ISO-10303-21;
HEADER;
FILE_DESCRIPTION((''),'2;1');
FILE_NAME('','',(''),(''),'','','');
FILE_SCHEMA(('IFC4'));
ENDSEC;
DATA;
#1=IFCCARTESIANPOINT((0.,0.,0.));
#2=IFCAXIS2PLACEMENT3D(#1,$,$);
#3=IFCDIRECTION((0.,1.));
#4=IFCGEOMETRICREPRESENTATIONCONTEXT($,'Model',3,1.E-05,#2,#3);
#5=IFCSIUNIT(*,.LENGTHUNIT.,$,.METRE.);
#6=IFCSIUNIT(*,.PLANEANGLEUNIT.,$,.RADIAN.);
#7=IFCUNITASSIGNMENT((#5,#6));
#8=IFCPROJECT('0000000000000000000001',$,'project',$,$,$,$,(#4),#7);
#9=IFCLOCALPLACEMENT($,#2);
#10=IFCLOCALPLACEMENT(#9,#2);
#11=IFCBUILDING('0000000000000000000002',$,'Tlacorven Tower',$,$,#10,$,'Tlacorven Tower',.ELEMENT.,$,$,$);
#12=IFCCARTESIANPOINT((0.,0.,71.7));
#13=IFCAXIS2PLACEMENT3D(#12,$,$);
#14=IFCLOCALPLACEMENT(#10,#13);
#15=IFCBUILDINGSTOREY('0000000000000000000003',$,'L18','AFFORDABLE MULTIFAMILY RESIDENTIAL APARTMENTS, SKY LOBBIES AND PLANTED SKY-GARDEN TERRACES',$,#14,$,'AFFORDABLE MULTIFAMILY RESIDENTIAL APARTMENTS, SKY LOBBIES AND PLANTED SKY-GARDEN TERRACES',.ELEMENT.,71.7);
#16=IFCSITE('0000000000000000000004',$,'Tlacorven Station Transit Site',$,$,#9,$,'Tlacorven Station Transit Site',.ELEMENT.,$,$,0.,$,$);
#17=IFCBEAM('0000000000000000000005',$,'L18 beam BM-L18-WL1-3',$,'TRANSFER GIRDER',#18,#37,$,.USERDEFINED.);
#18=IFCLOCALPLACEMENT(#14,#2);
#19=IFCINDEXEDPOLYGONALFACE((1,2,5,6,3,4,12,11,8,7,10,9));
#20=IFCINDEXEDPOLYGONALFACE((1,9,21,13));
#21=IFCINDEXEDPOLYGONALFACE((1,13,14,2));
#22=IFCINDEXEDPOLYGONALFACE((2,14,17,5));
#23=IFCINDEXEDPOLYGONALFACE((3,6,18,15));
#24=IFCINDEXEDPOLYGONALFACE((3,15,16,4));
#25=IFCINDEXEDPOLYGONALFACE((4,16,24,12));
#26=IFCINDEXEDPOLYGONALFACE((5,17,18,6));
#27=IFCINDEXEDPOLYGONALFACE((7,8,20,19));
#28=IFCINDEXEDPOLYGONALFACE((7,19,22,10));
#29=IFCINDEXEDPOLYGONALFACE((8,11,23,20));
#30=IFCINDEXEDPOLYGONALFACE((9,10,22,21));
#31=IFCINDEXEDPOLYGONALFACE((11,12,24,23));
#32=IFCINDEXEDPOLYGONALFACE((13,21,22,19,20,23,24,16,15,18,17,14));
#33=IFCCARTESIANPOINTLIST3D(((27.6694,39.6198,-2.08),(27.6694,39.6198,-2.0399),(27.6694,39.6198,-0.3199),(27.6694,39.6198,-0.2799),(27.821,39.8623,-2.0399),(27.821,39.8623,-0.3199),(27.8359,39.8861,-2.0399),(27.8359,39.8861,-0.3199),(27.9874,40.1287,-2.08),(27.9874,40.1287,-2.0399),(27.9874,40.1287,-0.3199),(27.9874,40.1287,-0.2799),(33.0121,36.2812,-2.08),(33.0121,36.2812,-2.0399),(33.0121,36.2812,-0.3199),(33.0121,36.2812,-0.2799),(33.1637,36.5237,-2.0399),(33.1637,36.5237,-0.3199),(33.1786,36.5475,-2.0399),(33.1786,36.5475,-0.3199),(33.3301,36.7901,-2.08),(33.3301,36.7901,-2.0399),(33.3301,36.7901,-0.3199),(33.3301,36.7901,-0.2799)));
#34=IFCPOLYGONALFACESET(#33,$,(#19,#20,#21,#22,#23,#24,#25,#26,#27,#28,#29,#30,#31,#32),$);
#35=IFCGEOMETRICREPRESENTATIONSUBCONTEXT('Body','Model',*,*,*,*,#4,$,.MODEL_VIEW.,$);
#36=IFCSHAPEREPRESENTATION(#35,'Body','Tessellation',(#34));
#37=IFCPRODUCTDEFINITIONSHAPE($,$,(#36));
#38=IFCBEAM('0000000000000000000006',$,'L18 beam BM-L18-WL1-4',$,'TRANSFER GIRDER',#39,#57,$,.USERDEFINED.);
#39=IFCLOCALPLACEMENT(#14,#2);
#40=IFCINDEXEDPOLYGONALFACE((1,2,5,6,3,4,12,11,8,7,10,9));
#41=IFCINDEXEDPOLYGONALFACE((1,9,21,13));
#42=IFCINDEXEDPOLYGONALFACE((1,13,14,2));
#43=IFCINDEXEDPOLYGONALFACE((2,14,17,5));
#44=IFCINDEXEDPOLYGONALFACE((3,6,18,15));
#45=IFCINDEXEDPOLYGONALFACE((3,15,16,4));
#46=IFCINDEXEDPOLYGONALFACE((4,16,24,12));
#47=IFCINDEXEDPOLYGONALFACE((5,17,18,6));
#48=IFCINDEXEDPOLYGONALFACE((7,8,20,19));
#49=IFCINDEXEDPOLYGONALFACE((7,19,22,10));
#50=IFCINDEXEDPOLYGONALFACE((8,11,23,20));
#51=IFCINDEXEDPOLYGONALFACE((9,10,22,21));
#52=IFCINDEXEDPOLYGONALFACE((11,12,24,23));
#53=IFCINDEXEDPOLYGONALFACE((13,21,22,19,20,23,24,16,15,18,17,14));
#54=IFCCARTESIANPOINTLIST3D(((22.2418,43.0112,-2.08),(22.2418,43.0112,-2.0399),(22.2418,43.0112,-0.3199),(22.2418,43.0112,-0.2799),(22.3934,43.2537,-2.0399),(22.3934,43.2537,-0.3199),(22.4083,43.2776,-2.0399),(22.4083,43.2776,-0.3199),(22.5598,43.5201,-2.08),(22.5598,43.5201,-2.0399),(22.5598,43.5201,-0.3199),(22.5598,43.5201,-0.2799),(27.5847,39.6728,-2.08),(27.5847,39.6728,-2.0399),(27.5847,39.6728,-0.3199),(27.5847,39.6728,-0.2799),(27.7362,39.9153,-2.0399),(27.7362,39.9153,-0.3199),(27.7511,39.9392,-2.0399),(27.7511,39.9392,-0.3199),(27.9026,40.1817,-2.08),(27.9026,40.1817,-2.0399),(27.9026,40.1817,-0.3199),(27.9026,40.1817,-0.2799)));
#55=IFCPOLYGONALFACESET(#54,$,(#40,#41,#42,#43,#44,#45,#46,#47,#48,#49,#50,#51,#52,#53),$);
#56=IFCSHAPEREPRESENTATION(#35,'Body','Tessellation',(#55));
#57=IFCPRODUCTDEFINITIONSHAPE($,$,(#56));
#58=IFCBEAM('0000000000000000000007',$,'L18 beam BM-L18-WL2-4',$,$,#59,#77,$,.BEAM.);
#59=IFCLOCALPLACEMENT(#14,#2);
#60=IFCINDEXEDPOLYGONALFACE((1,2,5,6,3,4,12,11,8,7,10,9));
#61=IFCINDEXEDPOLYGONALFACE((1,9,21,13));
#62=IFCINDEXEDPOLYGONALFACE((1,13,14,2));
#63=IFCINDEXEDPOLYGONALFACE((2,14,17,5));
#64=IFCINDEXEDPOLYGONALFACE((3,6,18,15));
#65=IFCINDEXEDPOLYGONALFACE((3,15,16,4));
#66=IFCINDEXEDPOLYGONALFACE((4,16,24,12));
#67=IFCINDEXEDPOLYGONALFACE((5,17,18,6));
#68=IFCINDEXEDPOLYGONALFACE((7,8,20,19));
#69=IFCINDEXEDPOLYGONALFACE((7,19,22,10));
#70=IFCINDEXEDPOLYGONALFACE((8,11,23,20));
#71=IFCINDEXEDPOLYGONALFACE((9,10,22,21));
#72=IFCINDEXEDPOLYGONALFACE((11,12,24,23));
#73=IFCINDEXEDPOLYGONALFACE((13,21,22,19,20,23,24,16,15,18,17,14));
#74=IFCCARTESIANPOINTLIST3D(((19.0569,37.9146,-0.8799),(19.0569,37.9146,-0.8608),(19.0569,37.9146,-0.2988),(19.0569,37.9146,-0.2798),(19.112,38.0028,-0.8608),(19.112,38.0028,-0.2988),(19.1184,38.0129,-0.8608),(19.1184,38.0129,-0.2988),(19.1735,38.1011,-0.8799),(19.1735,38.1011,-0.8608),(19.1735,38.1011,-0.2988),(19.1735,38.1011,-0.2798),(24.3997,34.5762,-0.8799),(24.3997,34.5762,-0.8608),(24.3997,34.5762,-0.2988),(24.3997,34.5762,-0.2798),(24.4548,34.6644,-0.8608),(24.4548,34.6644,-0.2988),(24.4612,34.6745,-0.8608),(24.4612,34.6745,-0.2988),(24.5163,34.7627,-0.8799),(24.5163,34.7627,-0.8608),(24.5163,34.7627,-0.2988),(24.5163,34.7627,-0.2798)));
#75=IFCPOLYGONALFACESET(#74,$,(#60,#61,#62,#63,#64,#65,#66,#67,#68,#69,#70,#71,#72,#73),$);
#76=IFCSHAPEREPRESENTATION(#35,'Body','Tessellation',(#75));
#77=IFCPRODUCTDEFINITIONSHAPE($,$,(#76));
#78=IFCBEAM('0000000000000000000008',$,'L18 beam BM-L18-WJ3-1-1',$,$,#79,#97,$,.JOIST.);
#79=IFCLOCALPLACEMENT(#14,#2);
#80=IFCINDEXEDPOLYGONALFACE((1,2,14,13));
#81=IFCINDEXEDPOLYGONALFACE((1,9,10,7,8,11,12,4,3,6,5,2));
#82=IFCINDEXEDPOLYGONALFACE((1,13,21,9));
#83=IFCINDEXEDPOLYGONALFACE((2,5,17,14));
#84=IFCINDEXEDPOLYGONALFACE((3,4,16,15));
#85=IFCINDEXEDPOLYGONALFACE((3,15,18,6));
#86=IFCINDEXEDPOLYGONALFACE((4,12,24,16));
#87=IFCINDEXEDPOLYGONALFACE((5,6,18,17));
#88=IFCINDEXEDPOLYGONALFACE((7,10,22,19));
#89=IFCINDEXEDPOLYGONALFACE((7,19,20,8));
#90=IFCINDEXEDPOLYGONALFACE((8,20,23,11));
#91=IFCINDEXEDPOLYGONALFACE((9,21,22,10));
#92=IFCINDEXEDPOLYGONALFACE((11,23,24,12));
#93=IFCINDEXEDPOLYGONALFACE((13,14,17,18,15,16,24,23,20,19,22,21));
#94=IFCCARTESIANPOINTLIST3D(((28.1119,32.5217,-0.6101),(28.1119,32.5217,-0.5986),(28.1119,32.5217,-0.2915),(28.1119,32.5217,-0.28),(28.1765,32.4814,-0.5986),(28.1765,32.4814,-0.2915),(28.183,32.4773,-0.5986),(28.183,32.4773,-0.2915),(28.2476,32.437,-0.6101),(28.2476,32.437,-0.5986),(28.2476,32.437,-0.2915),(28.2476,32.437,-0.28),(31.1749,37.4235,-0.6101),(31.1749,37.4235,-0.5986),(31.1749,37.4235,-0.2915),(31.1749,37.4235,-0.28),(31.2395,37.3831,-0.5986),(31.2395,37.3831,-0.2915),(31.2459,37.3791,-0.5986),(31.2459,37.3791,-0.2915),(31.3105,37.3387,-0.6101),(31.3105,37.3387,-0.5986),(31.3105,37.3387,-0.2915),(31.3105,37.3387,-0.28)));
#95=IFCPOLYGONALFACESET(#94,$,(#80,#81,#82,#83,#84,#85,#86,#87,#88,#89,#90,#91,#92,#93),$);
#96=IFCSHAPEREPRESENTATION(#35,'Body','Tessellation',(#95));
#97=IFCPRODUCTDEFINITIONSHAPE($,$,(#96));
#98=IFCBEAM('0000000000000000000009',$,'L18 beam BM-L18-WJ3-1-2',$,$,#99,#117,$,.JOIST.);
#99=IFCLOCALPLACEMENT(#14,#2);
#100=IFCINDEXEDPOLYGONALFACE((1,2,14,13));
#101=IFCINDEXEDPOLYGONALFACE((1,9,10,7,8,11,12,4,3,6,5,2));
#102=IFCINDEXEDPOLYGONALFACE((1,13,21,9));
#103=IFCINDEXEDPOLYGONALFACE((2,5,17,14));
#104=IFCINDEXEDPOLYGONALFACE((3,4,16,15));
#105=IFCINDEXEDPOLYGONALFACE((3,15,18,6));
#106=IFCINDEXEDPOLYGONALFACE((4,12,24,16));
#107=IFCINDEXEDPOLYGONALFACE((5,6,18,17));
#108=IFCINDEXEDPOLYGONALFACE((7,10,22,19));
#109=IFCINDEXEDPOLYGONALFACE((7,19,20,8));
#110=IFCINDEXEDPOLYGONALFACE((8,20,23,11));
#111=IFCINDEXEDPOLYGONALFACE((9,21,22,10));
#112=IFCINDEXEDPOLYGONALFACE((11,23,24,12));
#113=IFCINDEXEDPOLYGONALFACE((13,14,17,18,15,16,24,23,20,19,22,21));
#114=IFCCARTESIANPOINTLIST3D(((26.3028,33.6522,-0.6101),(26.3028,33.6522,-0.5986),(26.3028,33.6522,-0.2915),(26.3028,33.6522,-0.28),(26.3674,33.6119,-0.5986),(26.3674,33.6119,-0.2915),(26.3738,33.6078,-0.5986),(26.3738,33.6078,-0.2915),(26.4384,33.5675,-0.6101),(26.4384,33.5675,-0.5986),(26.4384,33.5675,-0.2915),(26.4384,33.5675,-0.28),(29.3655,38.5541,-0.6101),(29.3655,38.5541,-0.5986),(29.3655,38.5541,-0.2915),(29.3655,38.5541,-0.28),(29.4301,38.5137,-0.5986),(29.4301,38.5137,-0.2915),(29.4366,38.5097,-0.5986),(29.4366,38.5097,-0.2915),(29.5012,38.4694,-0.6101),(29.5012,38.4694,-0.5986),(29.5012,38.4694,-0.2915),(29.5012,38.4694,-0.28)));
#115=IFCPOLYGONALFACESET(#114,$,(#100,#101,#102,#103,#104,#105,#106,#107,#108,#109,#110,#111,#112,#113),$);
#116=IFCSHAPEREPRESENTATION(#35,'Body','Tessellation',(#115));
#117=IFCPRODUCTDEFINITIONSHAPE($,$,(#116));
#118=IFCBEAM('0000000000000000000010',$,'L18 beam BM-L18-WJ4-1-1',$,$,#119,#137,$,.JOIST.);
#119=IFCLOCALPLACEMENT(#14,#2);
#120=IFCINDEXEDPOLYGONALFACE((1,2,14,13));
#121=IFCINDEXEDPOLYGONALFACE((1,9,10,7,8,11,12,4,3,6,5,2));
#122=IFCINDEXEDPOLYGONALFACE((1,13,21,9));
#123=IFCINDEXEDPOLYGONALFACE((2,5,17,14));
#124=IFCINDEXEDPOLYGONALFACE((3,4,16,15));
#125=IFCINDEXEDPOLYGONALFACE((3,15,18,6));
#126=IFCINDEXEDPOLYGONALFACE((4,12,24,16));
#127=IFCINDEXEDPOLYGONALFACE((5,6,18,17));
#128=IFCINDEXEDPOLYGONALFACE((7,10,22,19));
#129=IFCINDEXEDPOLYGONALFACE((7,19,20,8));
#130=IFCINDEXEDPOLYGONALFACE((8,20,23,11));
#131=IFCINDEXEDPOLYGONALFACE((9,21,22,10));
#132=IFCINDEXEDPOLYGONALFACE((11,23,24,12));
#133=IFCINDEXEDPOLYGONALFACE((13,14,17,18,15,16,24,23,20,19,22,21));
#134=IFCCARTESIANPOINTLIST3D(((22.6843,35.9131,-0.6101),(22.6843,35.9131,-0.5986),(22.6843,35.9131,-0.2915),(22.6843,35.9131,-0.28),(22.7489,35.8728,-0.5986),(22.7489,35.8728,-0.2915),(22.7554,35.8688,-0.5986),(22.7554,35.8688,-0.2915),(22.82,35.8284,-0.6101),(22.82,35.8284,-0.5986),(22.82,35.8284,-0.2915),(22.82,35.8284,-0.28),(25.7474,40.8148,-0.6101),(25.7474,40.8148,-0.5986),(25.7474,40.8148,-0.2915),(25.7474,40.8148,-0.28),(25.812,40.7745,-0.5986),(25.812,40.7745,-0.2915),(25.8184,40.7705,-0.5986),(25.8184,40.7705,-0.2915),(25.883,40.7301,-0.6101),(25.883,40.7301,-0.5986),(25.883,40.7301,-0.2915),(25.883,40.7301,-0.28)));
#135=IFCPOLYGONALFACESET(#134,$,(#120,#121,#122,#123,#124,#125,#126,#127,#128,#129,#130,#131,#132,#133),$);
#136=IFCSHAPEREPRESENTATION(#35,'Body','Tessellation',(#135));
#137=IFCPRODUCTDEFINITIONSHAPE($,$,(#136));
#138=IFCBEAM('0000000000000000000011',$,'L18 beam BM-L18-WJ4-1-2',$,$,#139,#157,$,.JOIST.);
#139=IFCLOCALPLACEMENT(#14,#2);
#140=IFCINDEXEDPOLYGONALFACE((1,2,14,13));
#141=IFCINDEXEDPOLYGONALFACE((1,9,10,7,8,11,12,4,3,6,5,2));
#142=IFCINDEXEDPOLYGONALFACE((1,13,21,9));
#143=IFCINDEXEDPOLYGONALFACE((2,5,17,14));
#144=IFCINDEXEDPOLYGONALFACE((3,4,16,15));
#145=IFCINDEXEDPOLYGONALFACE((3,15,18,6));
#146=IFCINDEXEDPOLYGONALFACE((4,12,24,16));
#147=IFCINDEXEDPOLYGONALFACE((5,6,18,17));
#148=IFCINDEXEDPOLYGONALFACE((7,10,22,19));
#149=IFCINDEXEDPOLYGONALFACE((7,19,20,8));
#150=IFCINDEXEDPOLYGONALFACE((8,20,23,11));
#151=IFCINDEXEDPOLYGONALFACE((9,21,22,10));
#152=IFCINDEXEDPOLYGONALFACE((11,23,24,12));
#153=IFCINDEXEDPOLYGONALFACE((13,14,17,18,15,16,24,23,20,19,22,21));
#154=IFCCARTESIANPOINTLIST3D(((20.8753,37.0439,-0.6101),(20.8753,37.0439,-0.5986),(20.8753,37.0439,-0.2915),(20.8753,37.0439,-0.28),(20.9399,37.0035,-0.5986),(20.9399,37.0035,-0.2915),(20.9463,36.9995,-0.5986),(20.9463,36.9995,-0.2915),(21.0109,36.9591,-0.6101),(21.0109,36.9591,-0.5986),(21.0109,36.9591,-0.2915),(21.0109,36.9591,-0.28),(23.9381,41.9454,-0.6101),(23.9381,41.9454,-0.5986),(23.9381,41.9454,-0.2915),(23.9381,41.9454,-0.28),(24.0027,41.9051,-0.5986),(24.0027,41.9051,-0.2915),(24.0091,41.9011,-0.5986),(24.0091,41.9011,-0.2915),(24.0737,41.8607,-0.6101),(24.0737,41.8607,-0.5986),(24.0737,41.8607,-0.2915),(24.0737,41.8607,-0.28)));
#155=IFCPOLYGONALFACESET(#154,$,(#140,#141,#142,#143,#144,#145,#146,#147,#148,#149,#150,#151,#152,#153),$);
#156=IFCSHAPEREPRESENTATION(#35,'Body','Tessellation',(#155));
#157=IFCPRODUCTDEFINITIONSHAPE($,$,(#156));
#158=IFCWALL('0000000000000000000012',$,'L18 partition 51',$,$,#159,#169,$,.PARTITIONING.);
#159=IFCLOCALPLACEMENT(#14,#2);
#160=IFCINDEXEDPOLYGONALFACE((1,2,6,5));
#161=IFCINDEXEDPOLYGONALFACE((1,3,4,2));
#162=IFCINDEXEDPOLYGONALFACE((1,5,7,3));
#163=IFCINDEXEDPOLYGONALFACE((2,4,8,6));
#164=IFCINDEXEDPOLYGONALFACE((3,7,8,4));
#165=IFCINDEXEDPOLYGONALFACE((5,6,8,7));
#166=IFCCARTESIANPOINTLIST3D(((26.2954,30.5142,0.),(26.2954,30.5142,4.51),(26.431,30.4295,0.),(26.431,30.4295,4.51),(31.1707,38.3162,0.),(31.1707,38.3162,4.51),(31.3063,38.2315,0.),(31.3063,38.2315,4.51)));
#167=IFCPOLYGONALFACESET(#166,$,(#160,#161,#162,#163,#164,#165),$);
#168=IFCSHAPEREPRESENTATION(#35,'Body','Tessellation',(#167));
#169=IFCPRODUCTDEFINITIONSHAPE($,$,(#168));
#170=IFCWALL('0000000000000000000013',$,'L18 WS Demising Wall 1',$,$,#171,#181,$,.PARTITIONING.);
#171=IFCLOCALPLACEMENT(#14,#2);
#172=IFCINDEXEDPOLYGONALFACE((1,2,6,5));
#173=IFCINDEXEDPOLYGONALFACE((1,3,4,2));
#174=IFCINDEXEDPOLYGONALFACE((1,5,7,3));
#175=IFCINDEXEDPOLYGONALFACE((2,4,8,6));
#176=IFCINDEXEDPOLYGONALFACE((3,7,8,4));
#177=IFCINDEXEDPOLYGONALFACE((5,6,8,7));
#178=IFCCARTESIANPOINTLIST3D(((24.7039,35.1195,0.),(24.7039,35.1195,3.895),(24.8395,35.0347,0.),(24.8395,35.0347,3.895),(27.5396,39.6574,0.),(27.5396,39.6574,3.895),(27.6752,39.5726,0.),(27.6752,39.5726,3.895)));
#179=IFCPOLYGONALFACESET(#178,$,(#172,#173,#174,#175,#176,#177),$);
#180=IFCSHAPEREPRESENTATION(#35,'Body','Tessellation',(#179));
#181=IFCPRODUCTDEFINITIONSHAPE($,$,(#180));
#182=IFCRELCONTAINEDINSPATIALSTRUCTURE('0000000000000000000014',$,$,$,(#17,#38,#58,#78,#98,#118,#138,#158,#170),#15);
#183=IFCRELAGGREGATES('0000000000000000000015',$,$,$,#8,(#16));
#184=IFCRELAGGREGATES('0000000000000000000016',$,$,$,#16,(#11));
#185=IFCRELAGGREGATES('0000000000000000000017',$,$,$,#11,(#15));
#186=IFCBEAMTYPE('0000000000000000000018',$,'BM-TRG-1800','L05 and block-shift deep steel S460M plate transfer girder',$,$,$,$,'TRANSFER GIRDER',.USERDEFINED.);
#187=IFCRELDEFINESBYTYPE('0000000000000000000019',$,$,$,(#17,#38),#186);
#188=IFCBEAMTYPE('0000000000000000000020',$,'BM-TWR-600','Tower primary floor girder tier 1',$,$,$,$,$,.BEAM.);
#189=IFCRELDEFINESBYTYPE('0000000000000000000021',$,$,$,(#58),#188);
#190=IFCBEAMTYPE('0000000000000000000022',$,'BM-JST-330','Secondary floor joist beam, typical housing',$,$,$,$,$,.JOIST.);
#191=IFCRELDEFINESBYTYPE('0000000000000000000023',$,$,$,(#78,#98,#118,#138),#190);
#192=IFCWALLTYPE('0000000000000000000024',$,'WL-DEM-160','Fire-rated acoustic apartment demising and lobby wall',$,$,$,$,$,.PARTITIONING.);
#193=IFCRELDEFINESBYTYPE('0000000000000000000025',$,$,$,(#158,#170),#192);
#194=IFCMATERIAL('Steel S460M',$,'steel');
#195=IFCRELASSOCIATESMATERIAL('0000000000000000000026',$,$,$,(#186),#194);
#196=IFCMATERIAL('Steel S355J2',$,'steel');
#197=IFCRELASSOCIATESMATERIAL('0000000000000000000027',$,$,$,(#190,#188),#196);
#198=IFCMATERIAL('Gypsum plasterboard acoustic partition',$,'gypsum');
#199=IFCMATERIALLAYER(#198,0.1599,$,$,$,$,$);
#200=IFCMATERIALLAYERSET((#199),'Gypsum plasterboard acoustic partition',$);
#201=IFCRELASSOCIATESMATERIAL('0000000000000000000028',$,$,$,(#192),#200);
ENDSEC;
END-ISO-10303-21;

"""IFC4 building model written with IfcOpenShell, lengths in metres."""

from ifc_helpers import new_model, si_unit, direction, frame, frame_2d, origin, origin_2d, place, context, subcontext, project, spatial, rectangle, i_section, extrude, source, transform, mapped, material, layer, layer_set, material_profile, profile_set, type_object, element, save


model = new_model("IFC4")

# Units and contexts
model_context = context("Model", 3, precision=1e-05, world=origin(), true_north=direction((0.0, 1.0)))
body_context = subcontext(model_context, "Body", "Model", "MODEL_VIEW")
ifc_project = project(units=[si_unit("LENGTHUNIT", "METRE"), si_unit("PLANEANGLEUNIT", "RADIAN")], contexts=[model_context])

# Site, building, storey
site_placement = place(None, origin())
site = spatial("IfcSite", under=ifc_project, at=site_placement, Name="Tlacorven Station Transit Site", LongName="Tlacorven Station Transit Site", CompositionType="ELEMENT", RefElevation=0.0)
building_placement = place(site_placement, origin())
building = spatial("IfcBuilding", under=site, at=building_placement, Name="Tlacorven Tower", LongName="Tlacorven Tower", CompositionType="ELEMENT")
storey_placement = place(building_placement, frame((0.0, 0.0, 71.7)))
storey = spatial("IfcBuildingStorey", under=building, at=storey_placement, Name="L18", Description="AFFORDABLE MULTIFAMILY RESIDENTIAL APARTMENTS, SKY LOBBIES AND PLANTED SKY-GARDEN TERRACES", LongName="AFFORDABLE MULTIFAMILY RESIDENTIAL APARTMENTS, SKY LOBBIES AND PLANTED SKY-GARDEN TERRACES", CompositionType="ELEMENT", Elevation=71.7)

# Shared definitions
ifc_material_1 = material(Name="Steel S460M", Category="steel")

# Beams
ifc_material_profile_1 = material_profile(ifc_material_1, i_section(OverallWidth=0.6001, OverallDepth=1.8, WebThickness=0.0281, FlangeThickness=0.04, at=origin_2d()), Name="PG 1800X600X28X40")
ifc_profile_set_1 = profile_set([ifc_material_profile_1], Name="Steel S460M")
beam_type_1 = type_object("IfcBeamType", Name="BM-TRG-1800", Description="L05 and block-shift deep steel S460M plate transfer girder", ElementType="TRANSFER GIRDER", PredefinedType="USERDEFINED", material=ifc_profile_set_1)
ifc_material_2 = material(Name="Steel S355J2", Category="steel")
ifc_material_profile_2 = material_profile(ifc_material_2, i_section(OverallWidth=0.1599, OverallDepth=0.3301, WebThickness=0.0076, FlangeThickness=0.0115, at=origin_2d()), Name="IPE 330")
ifc_profile_set_2 = profile_set([ifc_material_profile_2], Name="Steel S355J2")
beam_type_2 = type_object("IfcBeamType", Name="BM-JST-330", Description="Secondary floor joist beam, typical housing", PredefinedType="JOIST", material=ifc_profile_set_2)
shared_shape_1 = source(origin(), body_context, "Body", "SweptSolid", [
    extrude(i_section(OverallWidth=0.6001, OverallDepth=1.8, WebThickness=0.0281, FlangeThickness=0.04, at=origin_2d()), origin(), (0.0, 0.0, 1.0), 6.3),
])
for number, where, z_axis, x_axis, name in (
    (1, (33.1711, 36.5356, -1.1799), (-0.848042, 0.529929, 0.0), (-0.529929, -0.848042, 0.0), "L18 beam BM-L18-WL1-3"),
    (2, (27.7437, 39.9272, -1.1799), (-0.848059, 0.529901, 0.0), (-0.529901, -0.848059, 0.0), "L18 beam BM-L18-WL1-4"),
):
    element("IfcBeam", number, at=place(storey_placement, frame(where, z_axis=z_axis, x_axis=x_axis)), inside=storey, type_object=beam_type_1, Name=name, ObjectType="TRANSFER GIRDER", PredefinedType="USERDEFINED", context=body_context, shape_type="MappedRepresentation", body=[
        mapped(shared_shape_1, transform((0.0, 0.0, 0.0), scale=1.0)),
    ])
ifc_material_profile_3 = material_profile(ifc_material_2, i_section(OverallWidth=0.22, OverallDepth=0.6001, WebThickness=0.012, FlangeThickness=0.019, at=origin_2d()), Name="IPE 600")
ifc_profile_set_3 = profile_set([ifc_material_profile_3], Name="Steel S355J2")
beam_type_3 = type_object("IfcBeamType", Name="BM-TWR-600", Description="Tower primary floor girder tier 1", PredefinedType="BEAM", material=ifc_profile_set_3)
shared_shape_2 = source(origin(), body_context, "Body", "SweptSolid", [
    extrude(i_section(OverallWidth=0.22, OverallDepth=0.6001, WebThickness=0.012, FlangeThickness=0.019, at=origin_2d()), origin(), (0.0, 0.0, 1.0), 6.3),
])
beam_1_placement = place(storey_placement, frame((24.458, 34.6694, -0.5798), z_axis=(-0.848059, 0.529901, 0.0), x_axis=(-0.529901, -0.848059, 0.0)))
element("IfcBeam", 3, at=beam_1_placement, inside=storey, type_object=beam_type_3, Name="L18 beam BM-L18-WL2-4", PredefinedType="BEAM", context=body_context, shape_type="MappedRepresentation", body=[
    mapped(shared_shape_2, transform((0.0, 0.0, 0.0), scale=1.0)),
])
shared_shape_3 = source(origin(), body_context, "Body", "SweptSolid", [
    extrude(i_section(OverallWidth=0.1599, OverallDepth=0.3301, WebThickness=0.0076, FlangeThickness=0.0115, at=origin_2d()), origin(), (0.0, 0.0, 1.0), 5.78),
])
for number, where, z_axis, x_axis, name in (
    (4, (31.2427, 37.3811, -0.4451), (-0.529915, -0.848051, 0.0), (0.848051, -0.529915, 0.0), "L18 beam BM-L18-WJ3-1-1"),
    (5, (29.4333, 38.5117, -0.4451), (-0.529885, -0.848069, 0.0), (0.848069, -0.529885, 0.0), "L18 beam BM-L18-WJ3-1-2"),
    (6, (25.8152, 40.7725, -0.4451), (-0.529934, -0.848039, 0.0), (0.848039, -0.529934, 0.0), "L18 beam BM-L18-WJ4-1-1"),
):
    element("IfcBeam", number, at=place(storey_placement, frame(where, z_axis=z_axis, x_axis=x_axis)), inside=storey, type_object=beam_type_2, Name=name, PredefinedType="JOIST", context=body_context, shape_type="MappedRepresentation", body=[
        mapped(shared_shape_3, transform((0.0, 0.0, 0.0), scale=1.0)),
    ])
shared_shape_4 = source(origin(), body_context, "Body", "SweptSolid", [
    extrude(i_section(OverallWidth=0.1599, OverallDepth=0.3301, WebThickness=0.0076, FlangeThickness=0.0115, at=origin_2d()), origin(), (0.0, 0.0, 1.0), 5.7798),
])
beam_2_placement = place(storey_placement, frame((24.0059, 41.9031, -0.4451), z_axis=(-0.529904, -0.848058, 0.0), x_axis=(0.848058, -0.529904, 0.0)))
element("IfcBeam", 7, at=beam_2_placement, inside=storey, type_object=beam_type_2, Name="L18 beam BM-L18-WJ4-1-2", PredefinedType="JOIST", context=body_context, shape_type="MappedRepresentation", body=[
    mapped(shared_shape_4, transform((0.0, 0.0, 0.0), scale=1.0)),
])

# Walls
ifc_material_3 = material(Name="Gypsum plasterboard acoustic partition", Category="gypsum")
ifc_layer_1 = layer(ifc_material_3, 0.1599)
ifc_layer_set_1 = layer_set([ifc_layer_1], Name="Gypsum plasterboard acoustic partition")
wall_type_1 = type_object("IfcWallType", Name="WL-DEM-160", Description="Fire-rated acoustic apartment demising and lobby wall", PredefinedType="PARTITIONING", material=ifc_layer_set_1)
wall_1_placement = place(storey_placement, frame((31.2385, 38.2739, 0.0), z_axis=(0.0, 0.0, 1.0), x_axis=(-0.52992, -0.848047, 0.0)))
element("IfcWall", 8, at=wall_1_placement, inside=storey, type_object=wall_type_1, Name="L18 partition 51", PredefinedType="PARTITIONING", context=body_context, shape_type="SweptSolid", body=[
    extrude(rectangle(XDim=9.2, YDim=0.1599, at=frame_2d((4.6001, 0.0))), origin(), (0.0, 0.0, 1.0), 4.51),
])
wall_2_placement = place(storey_placement, frame((27.6074, 39.615, 0.0), z_axis=(0.0, 0.0, 1.0), x_axis=(-0.529937, -0.848037, 0.0)))
element("IfcWall", 9, at=wall_2_placement, inside=storey, type_object=wall_type_1, Name="L18 WS Demising Wall 1", PredefinedType="PARTITIONING", context=body_context, shape_type="SweptSolid", body=[
    extrude(rectangle(XDim=5.3511, YDim=0.1599, at=frame_2d((2.6755, 0.0))), origin(), (0.0, 0.0, 1.0), 3.895),
])

save(model, "model.ifc")
